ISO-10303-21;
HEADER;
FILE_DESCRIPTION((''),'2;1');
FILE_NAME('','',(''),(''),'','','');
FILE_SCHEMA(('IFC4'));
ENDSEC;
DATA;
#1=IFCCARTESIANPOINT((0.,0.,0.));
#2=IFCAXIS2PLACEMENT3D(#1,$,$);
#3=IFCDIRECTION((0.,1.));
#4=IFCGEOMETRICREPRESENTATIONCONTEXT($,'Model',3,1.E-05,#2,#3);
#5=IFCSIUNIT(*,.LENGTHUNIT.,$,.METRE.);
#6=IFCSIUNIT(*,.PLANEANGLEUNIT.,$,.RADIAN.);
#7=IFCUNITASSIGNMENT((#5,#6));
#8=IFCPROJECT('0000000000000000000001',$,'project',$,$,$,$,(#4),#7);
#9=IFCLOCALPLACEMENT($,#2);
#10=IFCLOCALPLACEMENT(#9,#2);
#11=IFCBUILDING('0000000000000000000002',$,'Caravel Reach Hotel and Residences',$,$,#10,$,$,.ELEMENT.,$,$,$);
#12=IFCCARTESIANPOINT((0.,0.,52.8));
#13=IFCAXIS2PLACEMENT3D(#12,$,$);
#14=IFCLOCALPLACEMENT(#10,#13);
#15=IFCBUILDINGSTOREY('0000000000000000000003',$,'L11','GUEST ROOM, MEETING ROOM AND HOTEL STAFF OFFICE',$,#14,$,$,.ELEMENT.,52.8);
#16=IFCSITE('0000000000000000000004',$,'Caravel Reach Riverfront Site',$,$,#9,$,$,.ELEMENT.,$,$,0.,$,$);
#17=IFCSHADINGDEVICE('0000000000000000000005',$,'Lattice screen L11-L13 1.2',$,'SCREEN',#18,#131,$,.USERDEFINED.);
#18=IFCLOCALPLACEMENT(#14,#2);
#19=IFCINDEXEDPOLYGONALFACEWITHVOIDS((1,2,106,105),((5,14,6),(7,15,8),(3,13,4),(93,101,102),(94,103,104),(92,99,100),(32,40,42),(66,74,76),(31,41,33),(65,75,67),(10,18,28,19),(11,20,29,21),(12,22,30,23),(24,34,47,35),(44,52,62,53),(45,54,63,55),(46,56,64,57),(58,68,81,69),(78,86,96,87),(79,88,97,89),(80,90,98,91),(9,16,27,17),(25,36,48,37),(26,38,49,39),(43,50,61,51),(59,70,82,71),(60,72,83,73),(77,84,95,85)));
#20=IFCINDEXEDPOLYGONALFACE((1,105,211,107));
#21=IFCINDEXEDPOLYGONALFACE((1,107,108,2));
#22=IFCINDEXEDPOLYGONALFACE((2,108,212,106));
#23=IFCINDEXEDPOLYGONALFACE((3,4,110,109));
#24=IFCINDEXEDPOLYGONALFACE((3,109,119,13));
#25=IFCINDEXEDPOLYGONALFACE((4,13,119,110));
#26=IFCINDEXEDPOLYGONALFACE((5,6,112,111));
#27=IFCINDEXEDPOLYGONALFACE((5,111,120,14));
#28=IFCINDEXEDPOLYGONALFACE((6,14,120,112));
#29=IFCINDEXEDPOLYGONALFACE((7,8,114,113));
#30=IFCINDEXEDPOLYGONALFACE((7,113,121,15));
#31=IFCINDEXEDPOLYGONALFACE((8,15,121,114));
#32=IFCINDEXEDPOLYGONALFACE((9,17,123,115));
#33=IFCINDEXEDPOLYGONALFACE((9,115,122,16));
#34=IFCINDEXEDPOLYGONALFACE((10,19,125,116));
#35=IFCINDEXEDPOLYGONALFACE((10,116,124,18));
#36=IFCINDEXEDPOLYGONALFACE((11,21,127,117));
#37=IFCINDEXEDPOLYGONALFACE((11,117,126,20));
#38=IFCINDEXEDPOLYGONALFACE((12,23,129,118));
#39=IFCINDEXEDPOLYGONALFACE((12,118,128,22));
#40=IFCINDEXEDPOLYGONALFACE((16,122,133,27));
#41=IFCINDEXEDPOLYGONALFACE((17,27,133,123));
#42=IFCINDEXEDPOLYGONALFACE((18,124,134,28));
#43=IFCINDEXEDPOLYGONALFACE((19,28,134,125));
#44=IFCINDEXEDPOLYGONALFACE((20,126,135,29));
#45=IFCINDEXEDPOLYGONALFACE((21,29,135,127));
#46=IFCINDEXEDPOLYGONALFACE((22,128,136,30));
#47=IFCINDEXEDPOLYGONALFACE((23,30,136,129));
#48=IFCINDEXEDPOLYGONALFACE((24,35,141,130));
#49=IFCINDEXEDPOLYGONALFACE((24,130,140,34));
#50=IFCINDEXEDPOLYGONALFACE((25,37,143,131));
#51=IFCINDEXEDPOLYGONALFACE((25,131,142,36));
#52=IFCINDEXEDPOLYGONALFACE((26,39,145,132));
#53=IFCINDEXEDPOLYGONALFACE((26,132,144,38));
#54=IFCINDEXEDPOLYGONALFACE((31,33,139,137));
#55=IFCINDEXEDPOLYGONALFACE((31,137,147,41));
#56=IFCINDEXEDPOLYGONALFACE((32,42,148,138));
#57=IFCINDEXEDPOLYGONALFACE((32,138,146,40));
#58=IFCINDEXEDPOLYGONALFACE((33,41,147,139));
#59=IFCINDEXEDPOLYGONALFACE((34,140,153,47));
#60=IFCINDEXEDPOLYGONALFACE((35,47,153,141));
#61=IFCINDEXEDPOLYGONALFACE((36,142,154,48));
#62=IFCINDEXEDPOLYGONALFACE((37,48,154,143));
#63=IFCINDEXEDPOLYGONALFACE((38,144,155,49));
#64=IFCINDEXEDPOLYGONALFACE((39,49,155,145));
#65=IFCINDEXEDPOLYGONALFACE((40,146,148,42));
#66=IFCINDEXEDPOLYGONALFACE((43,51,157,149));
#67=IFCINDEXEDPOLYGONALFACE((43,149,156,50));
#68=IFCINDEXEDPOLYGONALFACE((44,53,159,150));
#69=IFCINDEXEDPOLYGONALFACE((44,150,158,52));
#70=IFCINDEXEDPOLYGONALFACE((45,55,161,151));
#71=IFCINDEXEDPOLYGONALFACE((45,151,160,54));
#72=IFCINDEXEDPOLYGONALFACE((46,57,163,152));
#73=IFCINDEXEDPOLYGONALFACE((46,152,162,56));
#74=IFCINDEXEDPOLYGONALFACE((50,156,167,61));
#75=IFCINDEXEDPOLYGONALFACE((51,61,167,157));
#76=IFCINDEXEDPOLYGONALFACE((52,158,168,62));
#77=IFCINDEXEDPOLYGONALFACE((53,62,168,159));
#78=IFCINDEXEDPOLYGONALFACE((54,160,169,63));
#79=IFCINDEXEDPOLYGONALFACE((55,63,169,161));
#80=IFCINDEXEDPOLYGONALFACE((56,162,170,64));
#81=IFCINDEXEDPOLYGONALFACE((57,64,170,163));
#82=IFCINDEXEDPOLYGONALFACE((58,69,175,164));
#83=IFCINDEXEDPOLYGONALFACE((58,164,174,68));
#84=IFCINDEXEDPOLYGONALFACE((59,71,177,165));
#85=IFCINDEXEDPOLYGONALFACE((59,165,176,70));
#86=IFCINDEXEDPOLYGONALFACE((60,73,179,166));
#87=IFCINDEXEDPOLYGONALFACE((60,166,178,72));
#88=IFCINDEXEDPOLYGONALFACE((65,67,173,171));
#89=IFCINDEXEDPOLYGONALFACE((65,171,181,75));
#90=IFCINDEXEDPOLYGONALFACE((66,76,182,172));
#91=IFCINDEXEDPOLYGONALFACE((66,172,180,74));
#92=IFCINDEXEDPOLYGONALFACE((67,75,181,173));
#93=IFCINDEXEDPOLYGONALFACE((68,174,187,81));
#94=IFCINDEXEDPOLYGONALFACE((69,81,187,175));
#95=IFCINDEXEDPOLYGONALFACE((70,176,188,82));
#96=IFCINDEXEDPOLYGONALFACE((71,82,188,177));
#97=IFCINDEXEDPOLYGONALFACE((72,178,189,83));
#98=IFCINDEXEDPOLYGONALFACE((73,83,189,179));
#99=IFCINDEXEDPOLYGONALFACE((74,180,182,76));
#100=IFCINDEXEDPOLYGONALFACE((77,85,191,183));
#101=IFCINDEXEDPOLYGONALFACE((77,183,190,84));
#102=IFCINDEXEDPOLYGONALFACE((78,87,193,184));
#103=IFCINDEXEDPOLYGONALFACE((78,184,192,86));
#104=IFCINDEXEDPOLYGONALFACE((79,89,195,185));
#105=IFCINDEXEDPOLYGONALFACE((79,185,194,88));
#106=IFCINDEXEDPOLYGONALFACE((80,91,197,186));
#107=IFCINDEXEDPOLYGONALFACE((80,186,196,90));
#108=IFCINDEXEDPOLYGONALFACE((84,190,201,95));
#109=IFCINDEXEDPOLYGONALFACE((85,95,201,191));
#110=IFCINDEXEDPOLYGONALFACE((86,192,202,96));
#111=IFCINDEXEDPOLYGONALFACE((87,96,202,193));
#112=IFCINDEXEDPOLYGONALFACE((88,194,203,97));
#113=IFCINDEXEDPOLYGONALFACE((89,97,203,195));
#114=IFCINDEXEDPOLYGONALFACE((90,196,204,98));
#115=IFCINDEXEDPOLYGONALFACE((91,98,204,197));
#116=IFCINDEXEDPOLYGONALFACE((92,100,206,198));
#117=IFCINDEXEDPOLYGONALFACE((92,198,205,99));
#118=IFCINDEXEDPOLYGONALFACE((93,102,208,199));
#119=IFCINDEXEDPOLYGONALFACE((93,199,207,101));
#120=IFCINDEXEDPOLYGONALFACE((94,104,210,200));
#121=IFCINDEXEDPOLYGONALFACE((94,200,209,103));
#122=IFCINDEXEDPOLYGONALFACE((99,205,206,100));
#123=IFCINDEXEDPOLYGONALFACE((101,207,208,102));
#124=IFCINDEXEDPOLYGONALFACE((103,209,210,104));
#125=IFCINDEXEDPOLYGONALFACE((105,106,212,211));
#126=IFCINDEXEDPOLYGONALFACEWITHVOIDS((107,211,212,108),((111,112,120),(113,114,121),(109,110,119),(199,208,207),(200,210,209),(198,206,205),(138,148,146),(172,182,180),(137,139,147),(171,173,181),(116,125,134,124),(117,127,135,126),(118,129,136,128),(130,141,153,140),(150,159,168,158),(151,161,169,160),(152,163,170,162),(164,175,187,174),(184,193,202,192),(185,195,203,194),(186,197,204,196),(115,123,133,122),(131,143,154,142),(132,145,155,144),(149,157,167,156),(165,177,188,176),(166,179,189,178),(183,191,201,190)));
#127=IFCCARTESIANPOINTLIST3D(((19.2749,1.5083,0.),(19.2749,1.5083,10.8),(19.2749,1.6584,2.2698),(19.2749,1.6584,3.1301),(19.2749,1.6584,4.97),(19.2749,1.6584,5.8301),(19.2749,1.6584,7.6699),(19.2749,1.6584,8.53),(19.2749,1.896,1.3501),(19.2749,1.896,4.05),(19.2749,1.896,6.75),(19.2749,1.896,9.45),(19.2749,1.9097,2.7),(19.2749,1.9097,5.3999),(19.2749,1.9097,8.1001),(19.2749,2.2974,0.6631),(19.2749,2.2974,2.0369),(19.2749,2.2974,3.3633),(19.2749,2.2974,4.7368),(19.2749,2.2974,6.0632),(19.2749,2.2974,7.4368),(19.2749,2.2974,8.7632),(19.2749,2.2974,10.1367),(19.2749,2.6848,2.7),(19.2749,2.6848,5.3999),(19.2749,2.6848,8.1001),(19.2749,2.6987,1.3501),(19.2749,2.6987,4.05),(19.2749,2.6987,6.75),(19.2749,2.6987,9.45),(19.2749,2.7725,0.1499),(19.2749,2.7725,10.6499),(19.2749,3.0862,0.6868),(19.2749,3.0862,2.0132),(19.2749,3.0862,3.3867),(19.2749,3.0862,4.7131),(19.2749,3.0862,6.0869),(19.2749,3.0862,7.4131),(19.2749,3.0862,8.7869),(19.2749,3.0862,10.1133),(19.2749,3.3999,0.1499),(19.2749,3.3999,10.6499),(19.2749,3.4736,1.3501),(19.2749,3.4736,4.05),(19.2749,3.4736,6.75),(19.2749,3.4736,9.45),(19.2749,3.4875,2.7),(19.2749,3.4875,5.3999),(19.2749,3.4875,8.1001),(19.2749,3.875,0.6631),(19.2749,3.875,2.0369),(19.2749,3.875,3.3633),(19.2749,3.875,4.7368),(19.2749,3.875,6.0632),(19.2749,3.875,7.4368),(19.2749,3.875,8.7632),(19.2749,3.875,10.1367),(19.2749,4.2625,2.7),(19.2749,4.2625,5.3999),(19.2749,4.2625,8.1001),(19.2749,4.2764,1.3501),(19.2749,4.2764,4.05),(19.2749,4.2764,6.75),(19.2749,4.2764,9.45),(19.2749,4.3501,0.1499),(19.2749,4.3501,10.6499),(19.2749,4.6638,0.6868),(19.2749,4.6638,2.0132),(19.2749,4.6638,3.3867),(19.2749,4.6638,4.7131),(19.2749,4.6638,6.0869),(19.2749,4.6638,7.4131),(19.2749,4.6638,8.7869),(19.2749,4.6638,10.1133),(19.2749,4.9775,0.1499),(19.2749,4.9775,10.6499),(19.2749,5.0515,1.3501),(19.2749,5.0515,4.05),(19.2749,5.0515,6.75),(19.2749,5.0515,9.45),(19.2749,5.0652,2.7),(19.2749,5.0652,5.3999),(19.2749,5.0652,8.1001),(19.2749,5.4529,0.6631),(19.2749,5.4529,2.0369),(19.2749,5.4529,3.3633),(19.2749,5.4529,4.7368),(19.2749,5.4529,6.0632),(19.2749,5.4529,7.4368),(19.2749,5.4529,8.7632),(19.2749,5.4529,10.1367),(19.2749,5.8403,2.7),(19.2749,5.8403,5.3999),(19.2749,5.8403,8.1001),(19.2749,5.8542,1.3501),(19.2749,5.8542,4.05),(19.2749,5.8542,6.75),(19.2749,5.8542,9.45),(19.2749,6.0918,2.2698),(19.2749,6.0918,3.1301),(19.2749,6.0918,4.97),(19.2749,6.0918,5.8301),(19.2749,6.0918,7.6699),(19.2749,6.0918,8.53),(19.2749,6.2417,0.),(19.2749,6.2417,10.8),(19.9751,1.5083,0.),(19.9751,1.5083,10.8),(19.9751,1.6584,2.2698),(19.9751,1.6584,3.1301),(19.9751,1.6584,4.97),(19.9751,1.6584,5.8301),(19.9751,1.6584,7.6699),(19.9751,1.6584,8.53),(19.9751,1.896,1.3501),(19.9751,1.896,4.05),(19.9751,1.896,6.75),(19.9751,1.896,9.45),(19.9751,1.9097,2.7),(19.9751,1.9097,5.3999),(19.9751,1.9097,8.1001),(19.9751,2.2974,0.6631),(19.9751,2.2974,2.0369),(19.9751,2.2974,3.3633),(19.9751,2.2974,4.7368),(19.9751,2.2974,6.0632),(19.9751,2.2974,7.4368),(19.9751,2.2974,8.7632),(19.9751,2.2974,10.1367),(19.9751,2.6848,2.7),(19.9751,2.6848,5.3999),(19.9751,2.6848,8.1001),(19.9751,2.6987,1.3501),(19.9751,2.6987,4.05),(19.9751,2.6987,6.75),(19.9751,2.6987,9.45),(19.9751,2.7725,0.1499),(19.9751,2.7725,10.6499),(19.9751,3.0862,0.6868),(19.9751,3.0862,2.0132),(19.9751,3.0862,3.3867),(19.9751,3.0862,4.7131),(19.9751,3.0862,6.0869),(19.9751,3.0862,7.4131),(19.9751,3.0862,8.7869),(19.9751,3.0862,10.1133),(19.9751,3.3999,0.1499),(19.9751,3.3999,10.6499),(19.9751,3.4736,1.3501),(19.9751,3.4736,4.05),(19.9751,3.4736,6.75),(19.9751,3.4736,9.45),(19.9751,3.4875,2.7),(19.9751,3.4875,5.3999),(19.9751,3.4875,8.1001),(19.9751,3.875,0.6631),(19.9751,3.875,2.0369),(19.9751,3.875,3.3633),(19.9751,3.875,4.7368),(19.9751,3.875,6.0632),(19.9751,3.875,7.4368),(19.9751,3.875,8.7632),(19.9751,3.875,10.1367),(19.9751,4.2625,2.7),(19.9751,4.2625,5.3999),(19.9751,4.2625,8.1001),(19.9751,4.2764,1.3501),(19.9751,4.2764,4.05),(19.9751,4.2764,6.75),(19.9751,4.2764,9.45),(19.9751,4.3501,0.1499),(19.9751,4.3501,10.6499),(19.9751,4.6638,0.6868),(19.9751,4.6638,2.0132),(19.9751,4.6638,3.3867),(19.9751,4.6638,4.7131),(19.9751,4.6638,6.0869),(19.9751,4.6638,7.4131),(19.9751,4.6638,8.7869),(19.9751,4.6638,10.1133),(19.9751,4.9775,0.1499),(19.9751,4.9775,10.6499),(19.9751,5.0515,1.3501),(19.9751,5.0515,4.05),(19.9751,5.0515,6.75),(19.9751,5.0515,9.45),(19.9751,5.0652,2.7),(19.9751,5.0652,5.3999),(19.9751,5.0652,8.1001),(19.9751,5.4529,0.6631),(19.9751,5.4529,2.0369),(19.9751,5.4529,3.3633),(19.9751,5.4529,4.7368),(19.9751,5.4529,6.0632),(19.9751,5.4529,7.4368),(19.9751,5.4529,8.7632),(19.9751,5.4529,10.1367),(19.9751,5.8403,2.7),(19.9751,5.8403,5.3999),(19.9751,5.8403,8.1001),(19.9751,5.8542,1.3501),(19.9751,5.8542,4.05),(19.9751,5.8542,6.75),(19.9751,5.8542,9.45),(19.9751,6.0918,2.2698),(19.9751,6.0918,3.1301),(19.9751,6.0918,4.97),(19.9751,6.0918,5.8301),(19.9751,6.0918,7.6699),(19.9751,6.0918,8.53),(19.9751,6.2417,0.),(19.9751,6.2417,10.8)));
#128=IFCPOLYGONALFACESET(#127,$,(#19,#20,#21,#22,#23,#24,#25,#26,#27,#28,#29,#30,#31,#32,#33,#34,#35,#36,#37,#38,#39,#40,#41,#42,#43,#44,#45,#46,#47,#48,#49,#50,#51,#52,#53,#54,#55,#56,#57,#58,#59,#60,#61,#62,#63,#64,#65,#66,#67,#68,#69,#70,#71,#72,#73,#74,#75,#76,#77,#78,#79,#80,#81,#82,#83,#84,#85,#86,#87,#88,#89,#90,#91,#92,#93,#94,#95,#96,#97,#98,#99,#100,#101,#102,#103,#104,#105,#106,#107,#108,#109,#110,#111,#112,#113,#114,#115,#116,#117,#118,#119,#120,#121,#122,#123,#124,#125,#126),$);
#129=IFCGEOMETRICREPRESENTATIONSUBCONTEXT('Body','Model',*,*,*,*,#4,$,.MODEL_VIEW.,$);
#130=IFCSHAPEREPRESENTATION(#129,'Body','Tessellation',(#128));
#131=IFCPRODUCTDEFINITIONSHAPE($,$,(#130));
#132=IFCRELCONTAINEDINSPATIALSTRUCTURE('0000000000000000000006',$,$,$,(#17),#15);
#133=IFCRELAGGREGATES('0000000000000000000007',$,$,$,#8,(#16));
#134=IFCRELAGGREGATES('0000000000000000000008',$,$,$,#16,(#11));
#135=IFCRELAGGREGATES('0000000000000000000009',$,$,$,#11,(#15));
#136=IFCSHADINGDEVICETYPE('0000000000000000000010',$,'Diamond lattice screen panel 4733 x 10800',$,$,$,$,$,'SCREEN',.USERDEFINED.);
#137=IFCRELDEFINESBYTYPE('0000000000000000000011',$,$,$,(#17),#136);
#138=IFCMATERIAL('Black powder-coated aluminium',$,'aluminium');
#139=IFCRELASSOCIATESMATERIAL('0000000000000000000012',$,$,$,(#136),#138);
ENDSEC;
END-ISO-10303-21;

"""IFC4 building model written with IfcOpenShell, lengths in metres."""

from ifc_helpers import new_model, si_unit, direction, frame, origin, place, context, subcontext, project, spatial, polyline, outline, extrude, material, type_object, element, save


model = new_model("IFC4")

# Units and contexts
model_context = context("Model", 3, precision=1e-05, world=origin(), true_north=direction((0.0, 1.0)))
body_context = subcontext(model_context, "Body", "Model", "MODEL_VIEW")
ifc_project = project(units=[si_unit("LENGTHUNIT", "METRE"), si_unit("PLANEANGLEUNIT", "RADIAN")], contexts=[model_context])

# Site, building, storey
site_placement = place(None, origin())
site = spatial("IfcSite", under=ifc_project, at=site_placement, Name="Caravel Reach Riverfront Site", CompositionType="ELEMENT", RefElevation=0.0)
building_placement = place(site_placement, origin())
building = spatial("IfcBuilding", under=site, at=building_placement, Name="Caravel Reach Hotel and Residences", CompositionType="ELEMENT")
storey_placement = place(building_placement, frame((0.0, 0.0, 52.8)))
storey = spatial("IfcBuildingStorey", under=building, at=storey_placement, Name="L11", Description="GUEST ROOM, MEETING ROOM AND HOTEL STAFF OFFICE", CompositionType="ELEMENT", Elevation=52.8)

# Shading device
ifc_material_1 = material(Name="Black powder-coated aluminium", Category="aluminium")
shading_device_type_1 = type_object("IfcShadingDeviceType", Name="Diamond lattice screen panel 4733 x 10800", ElementType="SCREEN", PredefinedType="USERDEFINED", material=ifc_material_1)
shading_device_1_placement = place(storey_placement, frame((19.9751, 6.2417, 0.0), z_axis=(-1.0, 0.0, 0.0), x_axis=(0.0, -1.0, 0.0)))
element("IfcShadingDevice", 1, at=shading_device_1_placement, inside=storey, type_object=shading_device_type_1, Name="Lattice screen L11-L13 1.2", ObjectType="SCREEN", PredefinedType="USERDEFINED", context=body_context, shape_type="SweptSolid", body=[
    extrude(outline(polyline([(0.0, 0.0), (4.7334, 0.0), (4.7334, 10.8), (0.0, 10.8), (0.0, 0.0)]), holes=[polyline([(0.4014, 2.7), (0.1499, 3.1301), (0.1499, 2.2698), (0.4014, 2.7)]), polyline([(0.4014, 5.3999), (0.1499, 5.8301), (0.1499, 4.97), (0.4014, 5.3999)]), polyline([(0.4014, 8.1001), (0.1499, 8.53), (0.1499, 7.6699), (0.4014, 8.1001)]), polyline([(0.7888, 2.0369), (0.3875, 1.3501), (0.7888, 0.6631), (1.1902, 1.3501), (0.7888, 2.0369)]), polyline([(0.7888, 4.7368), (0.3875, 4.05), (0.7888, 3.3633), (1.1902, 4.05), (0.7888, 4.7368)]), polyline([(0.7888, 7.4368), (0.3875, 6.75), (0.7888, 6.0632), (1.1902, 6.75), (0.7888, 7.4368)]), polyline([(0.7888, 10.1367), (0.3875, 9.45), (0.7888, 8.7632), (1.1902, 9.45), (0.7888, 10.1367)]), polyline([(1.5779, 0.6868), (1.2642, 0.1499), (1.8916, 0.1499), (1.5779, 0.6868)]), polyline([(1.5779, 3.3867), (1.1765, 2.7), (1.5779, 2.0132), (1.9792, 2.7), (1.5779, 3.3867)]), polyline([(1.5779, 6.0869), (1.1765, 5.3999), (1.5779, 4.7131), (1.9792, 5.3999), (1.5779, 6.0869)]), polyline([(1.5779, 8.7869), (1.1765, 8.1001), (1.5779, 7.4131), (1.9792, 8.1001), (1.5779, 8.7869)]), polyline([(1.5779, 10.1133), (1.8916, 10.6499), (1.2642, 10.6499), (1.5779, 10.1133)]), polyline([(2.3667, 2.0369), (1.9653, 1.3501), (2.3667, 0.6631), (2.7681, 1.3501), (2.3667, 2.0369)]), polyline([(2.3667, 4.7368), (1.9653, 4.05), (2.3667, 3.3633), (2.7681, 4.05), (2.3667, 4.7368)]), polyline([(2.3667, 7.4368), (1.9653, 6.75), (2.3667, 6.0632), (2.7681, 6.75), (2.3667, 7.4368)]), polyline([(2.3667, 10.1367), (1.9653, 9.45), (2.3667, 8.7632), (2.7681, 9.45), (2.3667, 10.1367)]), polyline([(3.1555, 0.6868), (2.8418, 0.1499), (3.4692, 0.1499), (3.1555, 0.6868)]), polyline([(3.1555, 3.3867), (2.7542, 2.7), (3.1555, 2.0132), (3.5569, 2.7), (3.1555, 3.3867)]), polyline([(3.1555, 6.0869), (2.7542, 5.3999), (3.1555, 4.7131), (3.5569, 5.3999), (3.1555, 6.0869)]), polyline([(3.1555, 8.7869), (2.7542, 8.1001), (3.1555, 7.4131), (3.5569, 8.1001), (3.1555, 8.7869)]), polyline([(3.1555, 10.1133), (3.4692, 10.6499), (2.8418, 10.6499), (3.1555, 10.1133)]), polyline([(3.9443, 2.0369), (3.543, 1.3501), (3.9443, 0.6631), (4.3457, 1.3501), (3.9443, 2.0369)]), polyline([(3.9443, 4.7368), (3.543, 4.05), (3.9443, 3.3633), (4.3457, 4.05), (3.9443, 4.7368)]), polyline([(3.9443, 7.4368), (3.543, 6.75), (3.9443, 6.0632), (4.3457, 6.75), (3.9443, 7.4368)]), polyline([(3.9443, 10.1367), (3.543, 9.45), (3.9443, 8.7632), (4.3457, 9.45), (3.9443, 10.1367)]), polyline([(4.332, 2.7), (4.5833, 2.2698), (4.5833, 3.1301), (4.332, 2.7)]), polyline([(4.332, 5.3999), (4.5833, 4.97), (4.5833, 5.8301), (4.332, 5.3999)]), polyline([(4.332, 8.1001), (4.5833, 7.6699), (4.5833, 8.53), (4.332, 8.1001)])]), origin(), (0.0, 0.0, 1.0), 0.7002),
])

save(model, "model.ifc")
